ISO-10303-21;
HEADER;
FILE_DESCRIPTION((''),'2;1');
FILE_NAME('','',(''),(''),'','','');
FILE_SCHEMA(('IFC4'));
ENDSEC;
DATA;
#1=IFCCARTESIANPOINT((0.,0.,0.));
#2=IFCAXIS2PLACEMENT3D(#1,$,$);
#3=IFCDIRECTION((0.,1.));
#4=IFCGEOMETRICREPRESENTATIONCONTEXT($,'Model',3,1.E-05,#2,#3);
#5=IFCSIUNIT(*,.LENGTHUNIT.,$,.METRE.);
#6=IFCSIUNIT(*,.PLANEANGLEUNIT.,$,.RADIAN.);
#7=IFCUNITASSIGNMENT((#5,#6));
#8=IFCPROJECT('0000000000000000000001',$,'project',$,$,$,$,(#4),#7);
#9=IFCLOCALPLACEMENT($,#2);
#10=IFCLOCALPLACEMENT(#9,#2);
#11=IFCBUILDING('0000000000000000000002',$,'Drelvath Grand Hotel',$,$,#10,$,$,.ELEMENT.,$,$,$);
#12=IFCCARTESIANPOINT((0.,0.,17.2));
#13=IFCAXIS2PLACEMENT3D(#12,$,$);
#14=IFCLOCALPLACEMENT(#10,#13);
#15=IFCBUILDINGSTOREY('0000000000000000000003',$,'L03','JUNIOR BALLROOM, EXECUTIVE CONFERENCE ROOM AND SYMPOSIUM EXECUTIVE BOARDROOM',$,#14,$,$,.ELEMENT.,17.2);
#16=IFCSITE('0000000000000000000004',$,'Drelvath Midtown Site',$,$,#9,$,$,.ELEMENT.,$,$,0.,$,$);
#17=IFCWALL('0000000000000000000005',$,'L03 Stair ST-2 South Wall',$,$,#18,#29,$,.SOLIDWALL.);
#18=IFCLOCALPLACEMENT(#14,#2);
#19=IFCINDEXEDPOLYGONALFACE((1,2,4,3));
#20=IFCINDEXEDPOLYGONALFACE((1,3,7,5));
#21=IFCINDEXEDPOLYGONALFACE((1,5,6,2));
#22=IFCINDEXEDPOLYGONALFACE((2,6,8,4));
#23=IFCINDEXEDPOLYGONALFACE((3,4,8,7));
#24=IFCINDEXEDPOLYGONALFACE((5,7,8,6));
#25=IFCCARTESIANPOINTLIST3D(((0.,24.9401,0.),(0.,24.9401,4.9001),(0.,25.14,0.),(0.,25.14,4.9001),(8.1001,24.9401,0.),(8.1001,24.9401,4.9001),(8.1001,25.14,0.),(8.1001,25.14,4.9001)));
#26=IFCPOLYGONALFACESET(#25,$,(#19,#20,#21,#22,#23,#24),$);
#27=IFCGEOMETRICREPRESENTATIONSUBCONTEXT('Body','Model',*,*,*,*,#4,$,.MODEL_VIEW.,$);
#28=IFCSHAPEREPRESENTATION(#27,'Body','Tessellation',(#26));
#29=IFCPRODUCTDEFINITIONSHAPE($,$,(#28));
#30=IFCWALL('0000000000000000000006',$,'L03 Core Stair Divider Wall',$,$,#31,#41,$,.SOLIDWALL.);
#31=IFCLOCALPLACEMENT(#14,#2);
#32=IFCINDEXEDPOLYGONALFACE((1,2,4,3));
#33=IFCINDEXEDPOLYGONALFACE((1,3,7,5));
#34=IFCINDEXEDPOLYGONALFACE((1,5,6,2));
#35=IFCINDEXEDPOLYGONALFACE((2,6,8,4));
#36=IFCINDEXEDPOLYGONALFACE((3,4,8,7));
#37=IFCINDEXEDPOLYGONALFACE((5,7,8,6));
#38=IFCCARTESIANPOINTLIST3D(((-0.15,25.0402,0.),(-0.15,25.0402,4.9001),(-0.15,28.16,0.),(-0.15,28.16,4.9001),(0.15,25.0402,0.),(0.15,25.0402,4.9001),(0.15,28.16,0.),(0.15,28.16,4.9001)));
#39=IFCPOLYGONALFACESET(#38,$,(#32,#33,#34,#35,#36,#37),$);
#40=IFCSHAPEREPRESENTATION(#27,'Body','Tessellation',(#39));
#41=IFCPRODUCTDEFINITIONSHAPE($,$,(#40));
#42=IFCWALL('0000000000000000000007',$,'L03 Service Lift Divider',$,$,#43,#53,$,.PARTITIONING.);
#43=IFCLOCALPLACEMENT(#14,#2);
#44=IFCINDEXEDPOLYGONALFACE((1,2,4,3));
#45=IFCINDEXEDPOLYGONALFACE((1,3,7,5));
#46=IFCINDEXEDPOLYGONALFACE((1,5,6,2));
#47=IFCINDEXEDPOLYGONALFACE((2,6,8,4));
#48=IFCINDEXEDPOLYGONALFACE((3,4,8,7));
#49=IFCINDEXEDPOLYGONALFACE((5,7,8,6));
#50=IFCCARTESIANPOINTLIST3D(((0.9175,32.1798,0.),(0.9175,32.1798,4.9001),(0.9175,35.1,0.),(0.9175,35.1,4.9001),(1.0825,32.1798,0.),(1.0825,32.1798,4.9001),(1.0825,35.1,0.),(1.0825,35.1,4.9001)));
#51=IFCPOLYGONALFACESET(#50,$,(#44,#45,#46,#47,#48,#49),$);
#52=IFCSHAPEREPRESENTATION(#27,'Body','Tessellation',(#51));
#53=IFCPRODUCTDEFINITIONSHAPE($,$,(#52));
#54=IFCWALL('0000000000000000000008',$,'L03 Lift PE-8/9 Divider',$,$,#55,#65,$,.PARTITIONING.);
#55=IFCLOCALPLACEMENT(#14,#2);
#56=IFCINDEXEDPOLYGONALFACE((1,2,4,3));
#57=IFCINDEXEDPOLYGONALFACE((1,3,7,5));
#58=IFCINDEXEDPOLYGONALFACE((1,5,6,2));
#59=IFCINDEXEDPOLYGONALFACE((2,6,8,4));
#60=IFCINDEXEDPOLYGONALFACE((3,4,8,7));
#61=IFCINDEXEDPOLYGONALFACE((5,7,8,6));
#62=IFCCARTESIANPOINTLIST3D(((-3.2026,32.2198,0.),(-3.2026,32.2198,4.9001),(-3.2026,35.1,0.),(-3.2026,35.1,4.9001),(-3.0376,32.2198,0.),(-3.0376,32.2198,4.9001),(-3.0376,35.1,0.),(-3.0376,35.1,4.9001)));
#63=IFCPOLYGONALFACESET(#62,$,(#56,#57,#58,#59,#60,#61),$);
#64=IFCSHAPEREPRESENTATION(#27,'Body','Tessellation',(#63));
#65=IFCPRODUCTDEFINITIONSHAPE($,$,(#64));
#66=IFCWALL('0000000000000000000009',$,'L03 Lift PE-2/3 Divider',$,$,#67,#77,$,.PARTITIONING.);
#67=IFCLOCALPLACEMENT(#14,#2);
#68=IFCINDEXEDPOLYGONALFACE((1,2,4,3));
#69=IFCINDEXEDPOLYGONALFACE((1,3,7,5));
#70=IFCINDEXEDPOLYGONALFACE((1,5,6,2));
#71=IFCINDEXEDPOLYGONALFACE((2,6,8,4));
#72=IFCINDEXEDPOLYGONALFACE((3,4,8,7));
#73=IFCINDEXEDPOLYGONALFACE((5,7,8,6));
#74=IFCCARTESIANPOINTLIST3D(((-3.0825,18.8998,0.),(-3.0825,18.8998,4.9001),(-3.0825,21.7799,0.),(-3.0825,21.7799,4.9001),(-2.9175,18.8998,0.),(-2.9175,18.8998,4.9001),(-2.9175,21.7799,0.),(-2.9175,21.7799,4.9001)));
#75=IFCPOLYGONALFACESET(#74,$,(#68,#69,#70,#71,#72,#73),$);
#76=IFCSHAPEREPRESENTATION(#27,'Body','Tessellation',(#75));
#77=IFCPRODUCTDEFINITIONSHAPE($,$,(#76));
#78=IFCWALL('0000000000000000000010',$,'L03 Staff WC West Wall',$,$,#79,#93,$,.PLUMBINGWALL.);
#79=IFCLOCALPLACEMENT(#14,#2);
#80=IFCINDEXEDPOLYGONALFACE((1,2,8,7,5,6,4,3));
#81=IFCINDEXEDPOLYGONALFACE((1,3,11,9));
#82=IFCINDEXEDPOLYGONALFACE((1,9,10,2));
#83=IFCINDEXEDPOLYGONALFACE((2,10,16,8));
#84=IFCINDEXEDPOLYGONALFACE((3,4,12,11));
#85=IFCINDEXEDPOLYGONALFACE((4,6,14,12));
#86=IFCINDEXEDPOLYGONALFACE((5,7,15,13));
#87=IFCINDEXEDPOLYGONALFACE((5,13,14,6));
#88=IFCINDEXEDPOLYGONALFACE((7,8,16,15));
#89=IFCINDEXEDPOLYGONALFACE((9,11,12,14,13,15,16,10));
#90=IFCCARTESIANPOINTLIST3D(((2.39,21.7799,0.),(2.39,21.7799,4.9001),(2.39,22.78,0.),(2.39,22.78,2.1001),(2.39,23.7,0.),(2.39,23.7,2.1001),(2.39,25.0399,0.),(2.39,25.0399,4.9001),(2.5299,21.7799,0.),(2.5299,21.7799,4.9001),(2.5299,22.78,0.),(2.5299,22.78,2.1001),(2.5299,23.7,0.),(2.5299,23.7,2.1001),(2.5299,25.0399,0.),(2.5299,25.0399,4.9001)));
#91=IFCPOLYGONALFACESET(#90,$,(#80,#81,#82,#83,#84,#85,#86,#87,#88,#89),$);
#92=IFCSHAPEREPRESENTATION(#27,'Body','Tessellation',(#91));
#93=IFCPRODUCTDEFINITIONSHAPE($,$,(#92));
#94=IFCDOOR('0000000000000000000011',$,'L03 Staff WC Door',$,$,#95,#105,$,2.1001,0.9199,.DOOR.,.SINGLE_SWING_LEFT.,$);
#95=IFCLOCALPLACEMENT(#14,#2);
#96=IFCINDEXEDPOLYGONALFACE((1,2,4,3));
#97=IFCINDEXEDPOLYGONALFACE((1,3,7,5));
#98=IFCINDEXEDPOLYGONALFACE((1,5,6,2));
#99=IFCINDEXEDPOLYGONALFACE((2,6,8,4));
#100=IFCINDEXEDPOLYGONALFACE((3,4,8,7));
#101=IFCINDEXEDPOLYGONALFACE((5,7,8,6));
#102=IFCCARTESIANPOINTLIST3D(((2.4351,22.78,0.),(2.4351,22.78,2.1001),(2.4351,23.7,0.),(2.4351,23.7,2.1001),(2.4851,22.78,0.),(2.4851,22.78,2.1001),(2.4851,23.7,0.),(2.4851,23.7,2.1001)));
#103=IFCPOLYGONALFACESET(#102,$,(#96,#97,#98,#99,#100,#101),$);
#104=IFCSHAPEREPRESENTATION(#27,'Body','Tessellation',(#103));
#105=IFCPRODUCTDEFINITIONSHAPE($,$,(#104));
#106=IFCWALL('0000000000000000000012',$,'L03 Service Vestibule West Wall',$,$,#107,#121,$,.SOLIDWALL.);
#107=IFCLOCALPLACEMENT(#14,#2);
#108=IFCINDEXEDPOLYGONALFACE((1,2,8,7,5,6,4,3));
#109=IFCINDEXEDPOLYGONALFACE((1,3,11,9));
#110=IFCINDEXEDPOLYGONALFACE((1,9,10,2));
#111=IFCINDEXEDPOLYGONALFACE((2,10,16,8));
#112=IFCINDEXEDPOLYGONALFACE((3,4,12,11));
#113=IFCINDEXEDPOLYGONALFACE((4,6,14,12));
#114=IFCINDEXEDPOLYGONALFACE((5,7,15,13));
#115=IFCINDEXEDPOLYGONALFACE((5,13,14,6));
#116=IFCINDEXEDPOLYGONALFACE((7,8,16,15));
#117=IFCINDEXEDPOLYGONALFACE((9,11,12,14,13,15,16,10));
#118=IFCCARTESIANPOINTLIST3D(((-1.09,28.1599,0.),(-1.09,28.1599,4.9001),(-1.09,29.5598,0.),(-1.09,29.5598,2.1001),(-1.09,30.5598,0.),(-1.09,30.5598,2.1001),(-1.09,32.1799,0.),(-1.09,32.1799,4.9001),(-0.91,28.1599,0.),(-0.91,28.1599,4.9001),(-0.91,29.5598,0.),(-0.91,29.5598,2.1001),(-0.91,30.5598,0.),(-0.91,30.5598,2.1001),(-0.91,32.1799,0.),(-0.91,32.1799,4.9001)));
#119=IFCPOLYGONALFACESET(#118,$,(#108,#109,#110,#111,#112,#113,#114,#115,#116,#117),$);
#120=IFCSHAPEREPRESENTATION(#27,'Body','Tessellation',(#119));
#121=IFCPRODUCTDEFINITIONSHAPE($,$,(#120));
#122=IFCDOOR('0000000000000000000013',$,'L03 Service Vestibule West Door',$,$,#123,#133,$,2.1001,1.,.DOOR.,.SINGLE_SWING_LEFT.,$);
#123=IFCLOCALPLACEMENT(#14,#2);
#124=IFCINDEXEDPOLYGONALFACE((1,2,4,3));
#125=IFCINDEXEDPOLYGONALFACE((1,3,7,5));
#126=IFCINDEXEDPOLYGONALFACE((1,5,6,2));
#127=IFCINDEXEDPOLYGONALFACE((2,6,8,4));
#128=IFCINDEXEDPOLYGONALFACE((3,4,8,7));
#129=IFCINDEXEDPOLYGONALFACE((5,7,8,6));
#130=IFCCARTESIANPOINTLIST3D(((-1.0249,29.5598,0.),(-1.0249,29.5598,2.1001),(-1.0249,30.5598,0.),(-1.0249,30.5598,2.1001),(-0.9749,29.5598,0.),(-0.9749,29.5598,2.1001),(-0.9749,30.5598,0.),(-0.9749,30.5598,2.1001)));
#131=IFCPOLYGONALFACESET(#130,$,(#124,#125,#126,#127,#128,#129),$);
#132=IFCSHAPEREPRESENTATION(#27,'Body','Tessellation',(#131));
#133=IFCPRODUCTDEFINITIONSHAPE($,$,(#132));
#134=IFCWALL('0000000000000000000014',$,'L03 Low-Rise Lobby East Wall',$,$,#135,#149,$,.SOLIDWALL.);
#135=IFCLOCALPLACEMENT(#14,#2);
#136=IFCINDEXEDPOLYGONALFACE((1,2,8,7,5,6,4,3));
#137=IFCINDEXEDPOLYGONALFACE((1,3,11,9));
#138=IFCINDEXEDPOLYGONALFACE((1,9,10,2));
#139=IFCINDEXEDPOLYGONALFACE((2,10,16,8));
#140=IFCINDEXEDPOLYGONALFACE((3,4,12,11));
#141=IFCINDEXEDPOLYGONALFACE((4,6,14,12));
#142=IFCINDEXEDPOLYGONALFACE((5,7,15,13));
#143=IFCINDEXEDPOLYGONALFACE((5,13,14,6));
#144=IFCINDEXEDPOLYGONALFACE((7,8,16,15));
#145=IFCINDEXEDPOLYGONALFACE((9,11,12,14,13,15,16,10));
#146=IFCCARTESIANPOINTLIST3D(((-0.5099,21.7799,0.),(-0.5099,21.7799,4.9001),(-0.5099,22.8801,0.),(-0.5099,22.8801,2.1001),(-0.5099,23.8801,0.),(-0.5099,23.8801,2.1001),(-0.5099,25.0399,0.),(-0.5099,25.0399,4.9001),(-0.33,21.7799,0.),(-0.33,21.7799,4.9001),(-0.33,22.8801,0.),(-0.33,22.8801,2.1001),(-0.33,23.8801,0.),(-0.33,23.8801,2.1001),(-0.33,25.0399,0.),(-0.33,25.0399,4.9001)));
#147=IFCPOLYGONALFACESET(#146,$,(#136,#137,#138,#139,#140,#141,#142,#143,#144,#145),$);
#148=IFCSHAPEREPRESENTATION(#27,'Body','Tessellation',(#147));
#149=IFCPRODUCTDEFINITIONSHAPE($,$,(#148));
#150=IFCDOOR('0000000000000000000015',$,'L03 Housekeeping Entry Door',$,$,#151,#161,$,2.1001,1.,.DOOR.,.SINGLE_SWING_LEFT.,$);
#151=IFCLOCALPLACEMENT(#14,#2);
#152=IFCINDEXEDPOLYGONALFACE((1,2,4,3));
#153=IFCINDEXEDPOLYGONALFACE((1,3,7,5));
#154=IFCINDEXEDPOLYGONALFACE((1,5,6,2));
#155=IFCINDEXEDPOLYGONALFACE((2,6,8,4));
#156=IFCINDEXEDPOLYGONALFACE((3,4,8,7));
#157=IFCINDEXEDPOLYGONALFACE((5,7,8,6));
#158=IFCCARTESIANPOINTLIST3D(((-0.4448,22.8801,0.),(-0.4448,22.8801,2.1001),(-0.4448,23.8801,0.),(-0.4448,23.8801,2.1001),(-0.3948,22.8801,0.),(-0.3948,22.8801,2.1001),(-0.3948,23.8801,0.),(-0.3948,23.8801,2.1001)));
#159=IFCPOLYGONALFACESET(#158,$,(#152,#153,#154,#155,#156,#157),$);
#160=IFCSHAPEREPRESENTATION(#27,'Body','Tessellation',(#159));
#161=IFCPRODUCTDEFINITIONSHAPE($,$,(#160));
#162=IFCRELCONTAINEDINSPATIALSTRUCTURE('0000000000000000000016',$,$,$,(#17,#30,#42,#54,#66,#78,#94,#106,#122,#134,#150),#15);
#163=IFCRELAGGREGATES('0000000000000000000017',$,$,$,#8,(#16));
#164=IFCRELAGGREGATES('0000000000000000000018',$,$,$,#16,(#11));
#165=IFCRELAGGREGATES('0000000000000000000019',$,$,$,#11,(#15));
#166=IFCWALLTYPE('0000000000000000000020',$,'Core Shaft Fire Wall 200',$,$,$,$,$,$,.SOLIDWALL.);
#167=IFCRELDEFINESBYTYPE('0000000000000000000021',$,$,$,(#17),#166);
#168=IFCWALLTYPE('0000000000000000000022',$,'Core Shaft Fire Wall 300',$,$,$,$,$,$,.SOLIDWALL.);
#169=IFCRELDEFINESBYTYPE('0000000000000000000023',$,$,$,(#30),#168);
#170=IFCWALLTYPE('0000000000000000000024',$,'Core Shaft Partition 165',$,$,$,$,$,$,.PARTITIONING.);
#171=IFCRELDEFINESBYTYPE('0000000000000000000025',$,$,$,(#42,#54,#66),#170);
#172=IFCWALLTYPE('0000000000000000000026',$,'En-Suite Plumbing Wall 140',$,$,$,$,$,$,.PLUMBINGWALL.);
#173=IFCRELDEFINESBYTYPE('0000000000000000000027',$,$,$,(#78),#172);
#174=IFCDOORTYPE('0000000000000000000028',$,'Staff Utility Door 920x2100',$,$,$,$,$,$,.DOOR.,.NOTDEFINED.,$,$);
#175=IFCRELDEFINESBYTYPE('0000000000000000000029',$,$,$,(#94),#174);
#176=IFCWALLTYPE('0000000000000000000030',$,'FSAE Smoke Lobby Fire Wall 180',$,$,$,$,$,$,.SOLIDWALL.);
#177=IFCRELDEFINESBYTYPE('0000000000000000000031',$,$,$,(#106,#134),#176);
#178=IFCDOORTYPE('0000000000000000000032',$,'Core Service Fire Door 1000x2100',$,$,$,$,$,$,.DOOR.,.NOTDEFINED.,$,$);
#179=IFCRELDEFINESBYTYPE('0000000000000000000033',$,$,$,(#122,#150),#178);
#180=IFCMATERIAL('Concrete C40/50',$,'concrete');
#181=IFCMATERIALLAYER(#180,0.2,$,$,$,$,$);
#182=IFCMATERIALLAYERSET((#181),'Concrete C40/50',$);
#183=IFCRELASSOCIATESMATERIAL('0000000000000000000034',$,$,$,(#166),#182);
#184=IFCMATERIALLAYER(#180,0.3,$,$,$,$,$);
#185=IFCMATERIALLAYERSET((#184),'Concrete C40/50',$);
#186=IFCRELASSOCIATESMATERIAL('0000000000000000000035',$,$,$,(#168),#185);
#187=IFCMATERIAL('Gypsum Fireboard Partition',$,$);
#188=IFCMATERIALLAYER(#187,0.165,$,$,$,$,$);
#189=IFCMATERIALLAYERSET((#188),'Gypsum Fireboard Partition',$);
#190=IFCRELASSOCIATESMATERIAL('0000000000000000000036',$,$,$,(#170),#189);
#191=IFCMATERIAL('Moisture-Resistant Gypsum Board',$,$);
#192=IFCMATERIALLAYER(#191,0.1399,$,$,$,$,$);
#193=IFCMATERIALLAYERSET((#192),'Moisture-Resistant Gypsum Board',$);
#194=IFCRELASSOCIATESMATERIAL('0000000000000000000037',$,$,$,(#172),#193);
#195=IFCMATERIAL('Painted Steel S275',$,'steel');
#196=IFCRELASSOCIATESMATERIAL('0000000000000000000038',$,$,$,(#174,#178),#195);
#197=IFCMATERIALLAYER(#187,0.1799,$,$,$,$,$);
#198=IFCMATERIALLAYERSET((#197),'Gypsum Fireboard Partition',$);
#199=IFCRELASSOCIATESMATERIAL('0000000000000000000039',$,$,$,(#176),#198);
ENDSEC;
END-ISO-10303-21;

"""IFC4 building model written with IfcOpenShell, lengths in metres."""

from ifc_helpers import new_model, si_unit, direction, frame, frame_2d, origin, place, context, subcontext, project, spatial, rectangle, extrude, material, layer, layer_set, type_object, element, fill, save


model = new_model("IFC4")

# Units and contexts
model_context = context("Model", 3, precision=1e-05, world=origin(), true_north=direction((0.0, 1.0)))
body_context = subcontext(model_context, "Body", "Model", "MODEL_VIEW")
ifc_project = project(units=[si_unit("LENGTHUNIT", "METRE"), si_unit("PLANEANGLEUNIT", "RADIAN")], contexts=[model_context])

# Site, building, storey
site_placement = place(None, origin())
site = spatial("IfcSite", under=ifc_project, at=site_placement, Name="Drelvath Midtown Site", CompositionType="ELEMENT", RefElevation=0.0)
building_placement = place(site_placement, origin())
building = spatial("IfcBuilding", under=site, at=building_placement, Name="Drelvath Grand Hotel", CompositionType="ELEMENT")
storey_placement = place(building_placement, frame((0.0, 0.0, 17.2)))
storey = spatial("IfcBuildingStorey", under=building, at=storey_placement, Name="L03", Description="JUNIOR BALLROOM, EXECUTIVE CONFERENCE ROOM AND SYMPOSIUM EXECUTIVE BOARDROOM", CompositionType="ELEMENT", Elevation=17.2)

# Shared definitions
ifc_material_1 = material(Name="Concrete C40/50", Category="concrete")

# Walls
ifc_layer_1 = layer(ifc_material_1, 0.2)
ifc_layer_set_1 = layer_set([ifc_layer_1], Name="Concrete C40/50")
wall_type_1 = type_object("IfcWallType", Name="Core Shaft Fire Wall 200", PredefinedType="SOLIDWALL", material=ifc_layer_set_1)
wall_1_placement = place(storey_placement, frame((0.0, 25.04, 0.0), z_axis=(0.0, 0.0, 1.0), x_axis=(1.0, 0.0, 0.0)))
element("IfcWall", 1, at=wall_1_placement, inside=storey, type_object=wall_type_1, Name="L03 Stair ST-2 South Wall", PredefinedType="SOLIDWALL", context=body_context, shape_type="SweptSolid", body=[
    extrude(rectangle(XDim=8.1001, YDim=0.2, at=frame_2d((4.05, 0.0))), origin(), (0.0, 0.0, 1.0), 4.9001),
])
ifc_layer_2 = layer(ifc_material_1, 0.3)
ifc_layer_set_2 = layer_set([ifc_layer_2], Name="Concrete C40/50")
wall_type_2 = type_object("IfcWallType", Name="Core Shaft Fire Wall 300", PredefinedType="SOLIDWALL", material=ifc_layer_set_2)
wall_2_placement = place(storey_placement, frame((0.0, 25.04, 0.0), z_axis=(0.0, 0.0, 1.0), x_axis=(0.0, 1.0, 0.0)))
element("IfcWall", 2, at=wall_2_placement, inside=storey, type_object=wall_type_2, Name="L03 Core Stair Divider Wall", PredefinedType="SOLIDWALL", context=body_context, shape_type="SweptSolid", body=[
    extrude(rectangle(XDim=3.1199, YDim=0.3, at=frame_2d((1.5601, 0.0))), origin(), (0.0, 0.0, 1.0), 4.9001),
])
ifc_material_2 = material(Name="Gypsum Fireboard Partition")
ifc_layer_3 = layer(ifc_material_2, 0.165)
ifc_layer_set_3 = layer_set([ifc_layer_3], Name="Gypsum Fireboard Partition")
wall_type_3 = type_object("IfcWallType", Name="Core Shaft Partition 165", PredefinedType="PARTITIONING", material=ifc_layer_set_3)
wall_3_placement = place(storey_placement, frame((1.0, 32.1799, 0.0), z_axis=(0.0, 0.0, 1.0), x_axis=(0.0, 1.0, 0.0)))
element("IfcWall", 3, at=wall_3_placement, inside=storey, type_object=wall_type_3, Name="L03 Service Lift Divider", PredefinedType="PARTITIONING", context=body_context, shape_type="SweptSolid", body=[
    extrude(rectangle(XDim=2.9202, YDim=0.165, at=frame_2d((1.46, 0.0))), origin(), (0.0, 0.0, 1.0), 4.9001),
])
for number, where, z_axis, x_axis, name in (
    (4, (-3.1201, 32.22, 0.0), (0.0, 0.0, 1.0), (0.0, 1.0, 0.0), "L03 Lift PE-8/9 Divider"),
    (5, (-3.0, 18.8999, 0.0), (0.0, 0.0, 1.0), (0.0, 1.0, 0.0), "L03 Lift PE-2/3 Divider"),
):
    element("IfcWall", number, at=place(storey_placement, frame(where, z_axis=z_axis, x_axis=x_axis)), inside=storey, type_object=wall_type_3, Name=name, PredefinedType="PARTITIONING", context=body_context, shape_type="SweptSolid", body=[
        extrude(rectangle(XDim=2.8801, YDim=0.165, at=frame_2d((1.4399, 0.0))), origin(), (0.0, 0.0, 1.0), 4.9001),
    ])

# Walls, openings, doors
ifc_material_3 = material(Name="Moisture-Resistant Gypsum Board")
ifc_layer_4 = layer(ifc_material_3, 0.1399)
ifc_layer_set_4 = layer_set([ifc_layer_4], Name="Moisture-Resistant Gypsum Board")
wall_type_4 = type_object("IfcWallType", Name="En-Suite Plumbing Wall 140", PredefinedType="PLUMBINGWALL", material=ifc_layer_set_4)
wall_4_placement = place(storey_placement, frame((2.46, 21.78, 0.0), z_axis=(0.0, 0.0, 1.0), x_axis=(0.0, 1.0, 0.0)))
wall_4 = element("IfcWall", 6, at=wall_4_placement, inside=storey, type_object=wall_type_4, Name="L03 Staff WC West Wall", PredefinedType="PLUMBINGWALL", context=body_context, shape_type="SweptSolid", body=[
    extrude(rectangle(XDim=3.26, YDim=0.1399, at=frame_2d((1.6299, 0.0))), origin(), (0.0, 0.0, 1.0), 4.9001),
])
opening_1_placement = place(wall_4_placement, frame((1.0, 0.0, 0.0)))
opening_1 = element("IfcOpeningElement", 7, at=opening_1_placement, cuts=wall_4, PredefinedType="OPENING", context=body_context, shape_type="SweptSolid", body=[
    extrude(rectangle(XDim=0.9199, YDim=2.1001, at=frame_2d((0.46, 1.05))), frame((0.0, 0.0798, 0.0), z_axis=(0.0, -1.0, 0.0), x_axis=(1.0, 0.0, 0.0)), (0.0, 0.0, 1.0), 0.1599),
])
ifc_material_4 = material(Name="Painted Steel S275", Category="steel")
door_type_1 = type_object("IfcDoorType", Name="Staff Utility Door 920x2100", OperationType="NOTDEFINED", PredefinedType="DOOR", material=ifc_material_4)
door_1_placement = place(opening_1_placement, origin())
door_1 = element("IfcDoor", 8, at=door_1_placement, inside=storey, type_object=door_type_1, Name="L03 Staff WC Door", OperationType="SINGLE_SWING_LEFT", OverallHeight=2.1001, OverallWidth=0.9199, PredefinedType="DOOR", context=body_context, shape_type="SweptSolid", body=[
    extrude(rectangle(XDim=0.9199, YDim=2.1001, at=frame_2d((0.46, 1.05))), frame((0.0, 0.0249, 0.0), z_axis=(0.0, -1.0, 0.0), x_axis=(1.0, 0.0, 0.0)), (0.0, 0.0, 1.0), 0.05),
])
fill(opening_1, door_1)
ifc_layer_5 = layer(ifc_material_2, 0.1799)
ifc_layer_set_5 = layer_set([ifc_layer_5], Name="Gypsum Fireboard Partition")
wall_type_5 = type_object("IfcWallType", Name="FSAE Smoke Lobby Fire Wall 180", PredefinedType="SOLIDWALL", material=ifc_layer_set_5)
wall_5_placement = place(storey_placement, frame((-1.0, 28.1599, 0.0), z_axis=(0.0, 0.0, 1.0), x_axis=(0.0, 1.0, 0.0)))
wall_5 = element("IfcWall", 9, at=wall_5_placement, inside=storey, type_object=wall_type_5, Name="L03 Service Vestibule West Wall", PredefinedType="SOLIDWALL", context=body_context, shape_type="SweptSolid", body=[
    extrude(rectangle(XDim=4.02, YDim=0.1799, at=frame_2d((2.01, 0.0))), origin(), (0.0, 0.0, 1.0), 4.9001),
])
opening_2_placement = place(wall_5_placement, frame((1.3999, 0.0, 0.0)))
opening_2 = element("IfcOpeningElement", 10, at=opening_2_placement, cuts=wall_5, PredefinedType="OPENING", context=body_context, shape_type="SweptSolid", body=[
    extrude(rectangle(XDim=1.0, YDim=2.1001, at=frame_2d((0.5, 1.05))), frame((0.0, 0.0999, 0.0), z_axis=(0.0, -1.0, 0.0), x_axis=(1.0, 0.0, 0.0)), (0.0, 0.0, 1.0), 0.2),
])
door_type_2 = type_object("IfcDoorType", Name="Core Service Fire Door 1000x2100", OperationType="NOTDEFINED", PredefinedType="DOOR", material=ifc_material_4)
door_2_placement = place(opening_2_placement, origin())
door_2 = element("IfcDoor", 11, at=door_2_placement, inside=storey, type_object=door_type_2, Name="L03 Service Vestibule West Door", OperationType="SINGLE_SWING_LEFT", OverallHeight=2.1001, OverallWidth=1.0, PredefinedType="DOOR", context=body_context, shape_type="SweptSolid", body=[
    extrude(rectangle(XDim=1.0, YDim=2.1001, at=frame_2d((0.5, 1.05))), frame((0.0, 0.0249, 0.0), z_axis=(0.0, -1.0, 0.0), x_axis=(1.0, 0.0, 0.0)), (0.0, 0.0, 1.0), 0.05),
])
fill(opening_2, door_2)
wall_6_placement = place(storey_placement, frame((-0.4199, 21.78, 0.0), z_axis=(0.0, 0.0, 1.0), x_axis=(0.0, 1.0, 0.0)))
wall_6 = element("IfcWall", 12, at=wall_6_placement, inside=storey, type_object=wall_type_5, Name="L03 Low-Rise Lobby East Wall", PredefinedType="SOLIDWALL", context=body_context, shape_type="SweptSolid", body=[
    extrude(rectangle(XDim=3.26, YDim=0.1799, at=frame_2d((1.6299, 0.0))), origin(), (0.0, 0.0, 1.0), 4.9001),
])
opening_3_placement = place(wall_6_placement, frame((1.1001, 0.0, 0.0)))
opening_3 = element("IfcOpeningElement", 13, at=opening_3_placement, cuts=wall_6, PredefinedType="OPENING", context=body_context, shape_type="SweptSolid", body=[
    extrude(rectangle(XDim=1.0, YDim=2.1001, at=frame_2d((0.5, 1.05))), frame((0.0, 0.0999, 0.0), z_axis=(0.0, -1.0, 0.0), x_axis=(1.0, 0.0, 0.0)), (0.0, 0.0, 1.0), 0.2),
])
door_3_placement = place(opening_3_placement, origin())
door_3 = element("IfcDoor", 14, at=door_3_placement, inside=storey, type_object=door_type_2, Name="L03 Housekeeping Entry Door", OperationType="SINGLE_SWING_LEFT", OverallHeight=2.1001, OverallWidth=1.0, PredefinedType="DOOR", context=body_context, shape_type="SweptSolid", body=[
    extrude(rectangle(XDim=1.0, YDim=2.1001, at=frame_2d((0.5, 1.05))), frame((0.0, 0.0249, 0.0), z_axis=(0.0, -1.0, 0.0), x_axis=(1.0, 0.0, 0.0)), (0.0, 0.0, 1.0), 0.05),
])
fill(opening_3, door_3)

save(model, "model.ifc")
